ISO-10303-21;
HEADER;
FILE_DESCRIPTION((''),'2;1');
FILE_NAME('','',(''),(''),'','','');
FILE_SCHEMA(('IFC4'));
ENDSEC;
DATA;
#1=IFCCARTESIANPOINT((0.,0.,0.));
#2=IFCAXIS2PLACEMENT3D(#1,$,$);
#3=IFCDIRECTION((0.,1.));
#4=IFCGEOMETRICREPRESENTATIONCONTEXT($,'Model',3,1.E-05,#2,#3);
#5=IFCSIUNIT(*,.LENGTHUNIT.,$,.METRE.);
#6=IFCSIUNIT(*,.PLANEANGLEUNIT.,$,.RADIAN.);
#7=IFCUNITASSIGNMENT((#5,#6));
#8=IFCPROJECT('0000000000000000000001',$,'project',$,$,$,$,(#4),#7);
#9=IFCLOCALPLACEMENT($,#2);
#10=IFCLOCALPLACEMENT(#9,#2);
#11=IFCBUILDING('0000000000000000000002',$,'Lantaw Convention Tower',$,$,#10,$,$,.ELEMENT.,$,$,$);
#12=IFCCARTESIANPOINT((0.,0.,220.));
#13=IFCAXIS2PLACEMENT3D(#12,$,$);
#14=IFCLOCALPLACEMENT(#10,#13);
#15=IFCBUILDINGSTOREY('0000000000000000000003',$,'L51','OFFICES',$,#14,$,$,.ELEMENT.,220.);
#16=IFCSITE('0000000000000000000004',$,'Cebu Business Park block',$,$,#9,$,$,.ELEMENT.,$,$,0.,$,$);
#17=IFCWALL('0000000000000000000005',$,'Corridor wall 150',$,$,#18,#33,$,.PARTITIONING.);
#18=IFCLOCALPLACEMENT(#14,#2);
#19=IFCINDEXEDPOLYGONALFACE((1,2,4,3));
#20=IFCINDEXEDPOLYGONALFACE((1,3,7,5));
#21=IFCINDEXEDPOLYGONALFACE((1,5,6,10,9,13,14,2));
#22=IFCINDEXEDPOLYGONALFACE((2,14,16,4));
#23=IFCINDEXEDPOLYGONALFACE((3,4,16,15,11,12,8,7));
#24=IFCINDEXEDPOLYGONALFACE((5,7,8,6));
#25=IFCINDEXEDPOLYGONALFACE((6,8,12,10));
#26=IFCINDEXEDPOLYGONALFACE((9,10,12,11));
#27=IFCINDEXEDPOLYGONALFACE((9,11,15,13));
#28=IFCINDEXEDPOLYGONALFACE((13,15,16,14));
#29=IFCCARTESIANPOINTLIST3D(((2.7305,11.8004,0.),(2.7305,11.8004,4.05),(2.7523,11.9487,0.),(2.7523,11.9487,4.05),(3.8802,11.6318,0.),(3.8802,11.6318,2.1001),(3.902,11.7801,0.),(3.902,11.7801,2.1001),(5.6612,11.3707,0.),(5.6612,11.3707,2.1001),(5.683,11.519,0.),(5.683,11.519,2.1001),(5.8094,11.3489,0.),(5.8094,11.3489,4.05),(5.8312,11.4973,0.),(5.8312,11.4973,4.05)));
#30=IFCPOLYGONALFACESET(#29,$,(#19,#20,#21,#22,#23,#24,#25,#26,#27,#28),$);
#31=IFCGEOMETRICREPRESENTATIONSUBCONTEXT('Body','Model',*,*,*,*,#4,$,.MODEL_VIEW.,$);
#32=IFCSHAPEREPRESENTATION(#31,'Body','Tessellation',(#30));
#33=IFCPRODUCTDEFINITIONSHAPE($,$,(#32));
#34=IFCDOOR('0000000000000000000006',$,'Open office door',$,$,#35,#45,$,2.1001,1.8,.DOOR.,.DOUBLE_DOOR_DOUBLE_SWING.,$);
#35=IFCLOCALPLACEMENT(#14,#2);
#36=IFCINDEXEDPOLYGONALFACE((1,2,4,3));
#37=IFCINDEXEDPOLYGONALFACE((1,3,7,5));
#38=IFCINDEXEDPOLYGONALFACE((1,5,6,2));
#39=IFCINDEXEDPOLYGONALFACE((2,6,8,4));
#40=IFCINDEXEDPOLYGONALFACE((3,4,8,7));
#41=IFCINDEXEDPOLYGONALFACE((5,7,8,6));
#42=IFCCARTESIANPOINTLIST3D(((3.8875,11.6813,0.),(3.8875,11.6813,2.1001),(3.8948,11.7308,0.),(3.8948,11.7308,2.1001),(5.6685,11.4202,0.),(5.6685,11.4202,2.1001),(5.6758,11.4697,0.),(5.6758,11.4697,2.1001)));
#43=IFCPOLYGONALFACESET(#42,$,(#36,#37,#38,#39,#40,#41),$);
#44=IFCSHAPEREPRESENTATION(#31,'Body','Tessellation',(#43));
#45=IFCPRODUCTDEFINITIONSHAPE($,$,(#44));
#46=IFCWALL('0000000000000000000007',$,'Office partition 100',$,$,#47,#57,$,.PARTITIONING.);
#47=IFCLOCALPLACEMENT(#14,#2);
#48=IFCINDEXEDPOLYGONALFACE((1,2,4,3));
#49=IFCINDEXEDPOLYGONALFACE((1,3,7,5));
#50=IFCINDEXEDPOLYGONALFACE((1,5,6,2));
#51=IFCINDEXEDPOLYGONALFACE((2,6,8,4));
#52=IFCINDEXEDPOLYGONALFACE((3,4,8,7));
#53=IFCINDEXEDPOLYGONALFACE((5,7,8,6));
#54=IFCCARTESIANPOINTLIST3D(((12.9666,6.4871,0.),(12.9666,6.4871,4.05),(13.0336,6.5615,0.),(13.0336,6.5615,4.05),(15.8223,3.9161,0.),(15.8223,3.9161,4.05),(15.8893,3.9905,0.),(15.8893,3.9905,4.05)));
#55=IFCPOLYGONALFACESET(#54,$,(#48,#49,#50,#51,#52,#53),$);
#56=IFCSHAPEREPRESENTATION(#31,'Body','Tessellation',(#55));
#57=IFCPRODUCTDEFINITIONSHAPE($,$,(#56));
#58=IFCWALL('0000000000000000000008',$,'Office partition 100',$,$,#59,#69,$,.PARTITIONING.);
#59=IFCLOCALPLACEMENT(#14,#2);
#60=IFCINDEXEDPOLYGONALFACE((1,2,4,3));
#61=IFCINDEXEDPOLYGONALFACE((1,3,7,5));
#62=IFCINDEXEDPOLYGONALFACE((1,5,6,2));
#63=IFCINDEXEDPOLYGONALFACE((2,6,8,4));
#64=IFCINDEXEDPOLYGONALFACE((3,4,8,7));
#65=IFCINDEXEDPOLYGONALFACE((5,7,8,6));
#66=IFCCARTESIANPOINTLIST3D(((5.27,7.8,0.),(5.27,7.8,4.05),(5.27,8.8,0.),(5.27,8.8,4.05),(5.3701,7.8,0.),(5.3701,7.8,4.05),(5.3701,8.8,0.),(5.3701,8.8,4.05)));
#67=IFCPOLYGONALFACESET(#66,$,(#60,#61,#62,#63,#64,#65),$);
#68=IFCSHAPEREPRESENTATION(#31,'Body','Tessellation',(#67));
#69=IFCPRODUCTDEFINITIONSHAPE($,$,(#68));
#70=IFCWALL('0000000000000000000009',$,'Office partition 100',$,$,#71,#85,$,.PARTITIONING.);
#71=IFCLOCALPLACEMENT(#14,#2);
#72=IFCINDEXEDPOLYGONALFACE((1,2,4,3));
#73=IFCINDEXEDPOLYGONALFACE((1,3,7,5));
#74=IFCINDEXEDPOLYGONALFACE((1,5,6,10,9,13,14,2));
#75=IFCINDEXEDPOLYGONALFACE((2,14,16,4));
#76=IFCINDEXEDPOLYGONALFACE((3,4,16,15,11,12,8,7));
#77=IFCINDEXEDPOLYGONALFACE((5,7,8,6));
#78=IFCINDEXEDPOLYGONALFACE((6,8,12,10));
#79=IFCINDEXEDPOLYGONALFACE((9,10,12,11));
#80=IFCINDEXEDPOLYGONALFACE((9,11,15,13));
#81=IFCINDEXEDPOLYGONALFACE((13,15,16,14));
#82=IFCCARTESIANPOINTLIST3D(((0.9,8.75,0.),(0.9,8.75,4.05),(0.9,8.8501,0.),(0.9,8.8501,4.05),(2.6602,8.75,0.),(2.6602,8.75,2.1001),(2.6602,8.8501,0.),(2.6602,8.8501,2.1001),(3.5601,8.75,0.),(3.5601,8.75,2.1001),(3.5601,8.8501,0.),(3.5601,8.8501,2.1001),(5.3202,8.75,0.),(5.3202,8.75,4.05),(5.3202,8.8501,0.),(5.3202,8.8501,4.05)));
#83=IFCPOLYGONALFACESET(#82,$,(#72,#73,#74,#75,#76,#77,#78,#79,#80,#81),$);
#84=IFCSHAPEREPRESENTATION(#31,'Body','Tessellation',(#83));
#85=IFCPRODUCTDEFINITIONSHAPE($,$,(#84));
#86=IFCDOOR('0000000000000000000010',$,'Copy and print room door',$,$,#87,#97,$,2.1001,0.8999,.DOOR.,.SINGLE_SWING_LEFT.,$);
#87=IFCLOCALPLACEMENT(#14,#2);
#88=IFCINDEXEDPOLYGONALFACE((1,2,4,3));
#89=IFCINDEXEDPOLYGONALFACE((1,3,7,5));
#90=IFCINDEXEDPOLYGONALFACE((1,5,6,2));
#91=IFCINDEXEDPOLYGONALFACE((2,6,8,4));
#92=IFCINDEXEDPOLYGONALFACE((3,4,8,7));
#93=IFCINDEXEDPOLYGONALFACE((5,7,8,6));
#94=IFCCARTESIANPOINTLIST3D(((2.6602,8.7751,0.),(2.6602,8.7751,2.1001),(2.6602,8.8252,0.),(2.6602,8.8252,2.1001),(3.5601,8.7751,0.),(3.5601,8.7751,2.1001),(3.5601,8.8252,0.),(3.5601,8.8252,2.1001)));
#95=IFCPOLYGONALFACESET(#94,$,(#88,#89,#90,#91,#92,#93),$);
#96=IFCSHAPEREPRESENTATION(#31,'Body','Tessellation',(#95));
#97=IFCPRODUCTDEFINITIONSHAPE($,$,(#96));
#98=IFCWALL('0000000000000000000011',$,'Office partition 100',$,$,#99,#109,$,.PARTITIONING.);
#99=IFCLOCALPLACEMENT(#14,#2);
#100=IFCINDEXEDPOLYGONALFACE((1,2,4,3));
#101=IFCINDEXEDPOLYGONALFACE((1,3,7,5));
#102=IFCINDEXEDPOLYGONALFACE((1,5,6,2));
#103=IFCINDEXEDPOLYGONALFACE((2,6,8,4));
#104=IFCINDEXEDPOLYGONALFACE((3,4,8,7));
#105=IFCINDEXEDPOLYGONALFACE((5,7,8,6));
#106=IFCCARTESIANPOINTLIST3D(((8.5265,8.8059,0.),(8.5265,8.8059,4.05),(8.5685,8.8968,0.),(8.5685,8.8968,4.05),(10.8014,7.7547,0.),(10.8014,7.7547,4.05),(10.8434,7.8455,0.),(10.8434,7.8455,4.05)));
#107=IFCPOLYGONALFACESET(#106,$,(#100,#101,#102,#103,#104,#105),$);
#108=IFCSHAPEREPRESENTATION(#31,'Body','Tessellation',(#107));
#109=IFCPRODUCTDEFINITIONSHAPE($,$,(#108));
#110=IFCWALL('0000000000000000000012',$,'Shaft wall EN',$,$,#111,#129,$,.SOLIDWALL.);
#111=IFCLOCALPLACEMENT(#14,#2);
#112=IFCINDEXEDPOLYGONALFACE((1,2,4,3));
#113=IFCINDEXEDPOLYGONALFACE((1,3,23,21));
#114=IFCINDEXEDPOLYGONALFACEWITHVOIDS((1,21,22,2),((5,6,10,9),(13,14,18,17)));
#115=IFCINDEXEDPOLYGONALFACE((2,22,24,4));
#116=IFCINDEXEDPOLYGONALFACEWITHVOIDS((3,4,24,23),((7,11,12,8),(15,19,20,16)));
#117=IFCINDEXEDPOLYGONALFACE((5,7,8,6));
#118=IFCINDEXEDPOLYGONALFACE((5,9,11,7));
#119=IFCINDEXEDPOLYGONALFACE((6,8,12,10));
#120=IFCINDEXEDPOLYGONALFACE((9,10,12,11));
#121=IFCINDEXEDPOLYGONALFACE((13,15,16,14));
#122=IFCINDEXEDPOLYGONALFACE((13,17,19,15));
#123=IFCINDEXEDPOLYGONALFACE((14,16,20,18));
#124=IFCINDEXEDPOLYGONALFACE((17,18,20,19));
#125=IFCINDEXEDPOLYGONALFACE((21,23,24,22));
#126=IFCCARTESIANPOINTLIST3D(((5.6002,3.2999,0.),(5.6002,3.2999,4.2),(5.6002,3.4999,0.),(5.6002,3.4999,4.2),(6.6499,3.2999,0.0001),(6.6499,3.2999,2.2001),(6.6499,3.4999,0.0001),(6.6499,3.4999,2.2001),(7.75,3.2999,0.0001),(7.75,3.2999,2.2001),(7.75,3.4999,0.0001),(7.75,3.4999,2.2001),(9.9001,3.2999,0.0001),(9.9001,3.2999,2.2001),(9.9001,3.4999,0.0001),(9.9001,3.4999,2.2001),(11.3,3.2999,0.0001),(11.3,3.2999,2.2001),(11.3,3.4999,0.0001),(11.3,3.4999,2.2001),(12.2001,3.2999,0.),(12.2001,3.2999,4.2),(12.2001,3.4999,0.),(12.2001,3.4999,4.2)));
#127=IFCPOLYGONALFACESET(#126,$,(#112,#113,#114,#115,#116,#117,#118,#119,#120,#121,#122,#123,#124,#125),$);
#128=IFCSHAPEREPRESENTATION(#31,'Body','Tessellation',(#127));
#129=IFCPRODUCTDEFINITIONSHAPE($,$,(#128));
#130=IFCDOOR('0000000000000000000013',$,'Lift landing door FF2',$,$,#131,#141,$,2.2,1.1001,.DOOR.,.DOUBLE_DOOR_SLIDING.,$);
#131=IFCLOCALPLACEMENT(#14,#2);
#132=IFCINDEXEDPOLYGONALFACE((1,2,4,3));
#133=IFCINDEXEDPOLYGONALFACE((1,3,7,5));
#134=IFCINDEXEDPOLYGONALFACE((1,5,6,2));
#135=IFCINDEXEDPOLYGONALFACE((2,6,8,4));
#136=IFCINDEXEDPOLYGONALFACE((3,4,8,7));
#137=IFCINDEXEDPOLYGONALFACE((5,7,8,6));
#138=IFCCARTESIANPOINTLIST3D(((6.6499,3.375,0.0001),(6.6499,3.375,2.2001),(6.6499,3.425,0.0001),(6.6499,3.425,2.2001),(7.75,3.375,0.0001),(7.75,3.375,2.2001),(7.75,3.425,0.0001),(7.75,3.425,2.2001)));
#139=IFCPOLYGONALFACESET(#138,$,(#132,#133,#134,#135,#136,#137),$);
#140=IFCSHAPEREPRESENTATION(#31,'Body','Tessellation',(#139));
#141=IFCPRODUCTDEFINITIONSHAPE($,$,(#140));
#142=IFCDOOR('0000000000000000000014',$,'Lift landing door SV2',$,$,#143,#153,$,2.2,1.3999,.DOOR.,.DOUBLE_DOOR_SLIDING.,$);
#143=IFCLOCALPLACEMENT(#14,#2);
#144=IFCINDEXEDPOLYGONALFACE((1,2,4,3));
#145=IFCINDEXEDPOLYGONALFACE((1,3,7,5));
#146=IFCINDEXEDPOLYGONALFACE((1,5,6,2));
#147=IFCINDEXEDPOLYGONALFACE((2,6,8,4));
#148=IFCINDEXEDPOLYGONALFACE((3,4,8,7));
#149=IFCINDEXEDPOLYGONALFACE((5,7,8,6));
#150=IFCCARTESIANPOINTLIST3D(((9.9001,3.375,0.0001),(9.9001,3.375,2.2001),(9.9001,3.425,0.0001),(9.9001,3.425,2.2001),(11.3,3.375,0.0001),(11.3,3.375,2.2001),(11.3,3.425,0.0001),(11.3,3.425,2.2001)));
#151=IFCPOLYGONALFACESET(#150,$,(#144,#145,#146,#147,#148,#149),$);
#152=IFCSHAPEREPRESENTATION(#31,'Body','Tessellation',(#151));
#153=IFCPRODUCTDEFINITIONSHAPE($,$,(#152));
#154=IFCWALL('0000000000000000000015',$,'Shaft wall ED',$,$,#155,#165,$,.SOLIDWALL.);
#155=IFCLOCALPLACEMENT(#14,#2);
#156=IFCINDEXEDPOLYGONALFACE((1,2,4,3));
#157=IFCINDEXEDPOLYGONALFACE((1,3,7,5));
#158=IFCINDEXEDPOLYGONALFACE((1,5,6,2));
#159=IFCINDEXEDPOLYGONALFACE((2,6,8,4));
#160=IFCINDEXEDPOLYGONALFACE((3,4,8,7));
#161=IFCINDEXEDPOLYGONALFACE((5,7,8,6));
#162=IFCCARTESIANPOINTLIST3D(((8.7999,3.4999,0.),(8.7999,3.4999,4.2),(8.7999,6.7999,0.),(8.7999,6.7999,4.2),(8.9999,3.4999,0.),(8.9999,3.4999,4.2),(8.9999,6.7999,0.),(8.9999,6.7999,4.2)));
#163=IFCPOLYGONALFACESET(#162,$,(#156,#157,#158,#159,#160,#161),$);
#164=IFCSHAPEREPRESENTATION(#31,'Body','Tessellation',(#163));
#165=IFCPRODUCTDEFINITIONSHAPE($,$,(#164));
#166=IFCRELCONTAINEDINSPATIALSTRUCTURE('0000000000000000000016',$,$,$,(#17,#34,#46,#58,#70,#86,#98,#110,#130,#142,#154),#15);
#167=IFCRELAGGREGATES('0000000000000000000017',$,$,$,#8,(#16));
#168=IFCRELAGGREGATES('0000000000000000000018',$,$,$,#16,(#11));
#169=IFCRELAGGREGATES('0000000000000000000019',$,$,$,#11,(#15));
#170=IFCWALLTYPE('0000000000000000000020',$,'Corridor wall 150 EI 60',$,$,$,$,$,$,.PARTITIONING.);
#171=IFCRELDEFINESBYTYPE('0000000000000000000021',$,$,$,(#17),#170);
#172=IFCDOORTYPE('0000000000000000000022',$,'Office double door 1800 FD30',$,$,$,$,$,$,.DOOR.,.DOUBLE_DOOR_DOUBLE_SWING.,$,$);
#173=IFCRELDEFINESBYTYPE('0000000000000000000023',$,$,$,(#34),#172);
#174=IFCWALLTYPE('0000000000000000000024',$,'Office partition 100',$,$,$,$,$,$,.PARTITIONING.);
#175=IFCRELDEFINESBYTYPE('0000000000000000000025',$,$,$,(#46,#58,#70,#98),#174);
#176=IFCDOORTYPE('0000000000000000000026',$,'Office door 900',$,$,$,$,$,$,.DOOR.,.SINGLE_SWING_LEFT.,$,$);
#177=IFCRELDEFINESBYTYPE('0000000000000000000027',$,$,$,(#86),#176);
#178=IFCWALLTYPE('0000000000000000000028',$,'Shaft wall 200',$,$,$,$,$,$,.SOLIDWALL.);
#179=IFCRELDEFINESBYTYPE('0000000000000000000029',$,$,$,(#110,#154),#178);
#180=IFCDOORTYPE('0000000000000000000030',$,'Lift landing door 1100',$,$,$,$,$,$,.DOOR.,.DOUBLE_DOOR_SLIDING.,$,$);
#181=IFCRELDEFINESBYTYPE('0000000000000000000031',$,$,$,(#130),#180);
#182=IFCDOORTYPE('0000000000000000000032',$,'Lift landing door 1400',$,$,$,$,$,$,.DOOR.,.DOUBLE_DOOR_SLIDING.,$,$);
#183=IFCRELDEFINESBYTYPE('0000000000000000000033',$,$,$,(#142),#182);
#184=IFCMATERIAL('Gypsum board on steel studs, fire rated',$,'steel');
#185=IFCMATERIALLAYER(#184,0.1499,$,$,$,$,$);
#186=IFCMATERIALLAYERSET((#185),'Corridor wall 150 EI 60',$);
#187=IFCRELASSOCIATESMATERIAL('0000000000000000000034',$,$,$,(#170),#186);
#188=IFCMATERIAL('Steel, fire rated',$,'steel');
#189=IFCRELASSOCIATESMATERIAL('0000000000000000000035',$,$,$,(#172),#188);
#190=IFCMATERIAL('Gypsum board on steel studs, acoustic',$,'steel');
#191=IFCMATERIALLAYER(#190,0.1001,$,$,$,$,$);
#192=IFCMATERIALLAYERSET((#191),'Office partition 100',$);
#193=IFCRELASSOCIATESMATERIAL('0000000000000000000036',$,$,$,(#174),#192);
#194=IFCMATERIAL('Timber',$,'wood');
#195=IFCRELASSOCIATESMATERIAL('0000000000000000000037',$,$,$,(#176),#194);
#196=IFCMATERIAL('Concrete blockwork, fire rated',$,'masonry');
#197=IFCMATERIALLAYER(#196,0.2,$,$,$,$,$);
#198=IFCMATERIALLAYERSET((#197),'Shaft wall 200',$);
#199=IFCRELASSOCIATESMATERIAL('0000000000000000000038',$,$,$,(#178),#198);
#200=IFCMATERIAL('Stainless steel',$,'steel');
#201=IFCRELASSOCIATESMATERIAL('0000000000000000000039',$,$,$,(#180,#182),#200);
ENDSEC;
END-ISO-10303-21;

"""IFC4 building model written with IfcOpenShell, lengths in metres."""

from ifc_helpers import new_model, si_unit, direction, frame, frame_2d, origin, place, context, subcontext, project, spatial, rectangle, extrude, material, layer, layer_set, type_object, element, fill, save


model = new_model("IFC4")

# Units and contexts
model_context = context("Model", 3, precision=1e-05, world=origin(), true_north=direction((0.0, 1.0)))
body_context = subcontext(model_context, "Body", "Model", "MODEL_VIEW")
ifc_project = project(units=[si_unit("LENGTHUNIT", "METRE"), si_unit("PLANEANGLEUNIT", "RADIAN")], contexts=[model_context])

# Site, building, storey
site_placement = place(None, origin())
site = spatial("IfcSite", under=ifc_project, at=site_placement, Name="Cebu Business Park block", CompositionType="ELEMENT", RefElevation=0.0)
building_placement = place(site_placement, origin())
building = spatial("IfcBuilding", under=site, at=building_placement, Name="Lantaw Convention Tower", CompositionType="ELEMENT")
storey_placement = place(building_placement, frame((0.0, 0.0, 220.0)))
storey = spatial("IfcBuildingStorey", under=building, at=storey_placement, Name="L51", Description="OFFICES", CompositionType="ELEMENT", Elevation=220.0)

# Shared definitions
ifc_material_1 = material(Name="Gypsum board on steel studs, fire rated", Category="steel")
ifc_layer_1 = layer(ifc_material_1, 0.1499)
ifc_layer_set_1 = layer_set([ifc_layer_1], Name="Corridor wall 150 EI 60")
wall_type_1 = type_object("IfcWallType", Name="Corridor wall 150 EI 60", PredefinedType="PARTITIONING", material=ifc_layer_set_1)

# Wall, opening, door
wall_1_placement = place(storey_placement, frame((5.8203, 11.4231, 0.0), z_axis=(0.0, 0.0, 1.0), x_axis=(-0.989422, 0.145067, 0.0)))
wall_1 = element("IfcWall", 1, at=wall_1_placement, inside=storey, type_object=wall_type_1, Name="Corridor wall 150", PredefinedType="PARTITIONING", context=body_context, shape_type="SweptSolid", body=[
    extrude(rectangle(XDim=3.1118, YDim=0.1499, at=frame_2d((1.5559, 0.0))), origin(), (0.0, 0.0, 1.0), 4.05),
])
opening_1_placement = place(wall_1_placement, frame((0.1499, 0.0, 0.0)))
opening_1 = element("IfcOpeningElement", 2, at=opening_1_placement, cuts=wall_1, PredefinedType="OPENING", context=body_context, shape_type="SweptSolid", body=[
    extrude(rectangle(XDim=1.8, YDim=2.1001, at=frame_2d((0.8999, 1.05))), frame((0.0, 0.085, 0.0), z_axis=(0.0, -1.0, 0.0), x_axis=(1.0, 0.0, 0.0)), (0.0, 0.0, 1.0), 0.1699),
])
ifc_material_2 = material(Name="Steel, fire rated", Category="steel")
door_type_1 = type_object("IfcDoorType", Name="Office double door 1800 FD30", OperationType="DOUBLE_DOOR_DOUBLE_SWING", PredefinedType="DOOR", material=ifc_material_2)
door_1_placement = place(opening_1_placement, origin())
door_1 = element("IfcDoor", 3, at=door_1_placement, inside=storey, type_object=door_type_1, Name="Open office door", OperationType="DOUBLE_DOOR_DOUBLE_SWING", OverallHeight=2.1001, OverallWidth=1.8, PredefinedType="DOOR", context=body_context, shape_type="SweptSolid", body=[
    extrude(rectangle(XDim=1.8, YDim=2.1001, at=frame_2d((0.8999, 1.05))), frame((0.0, 0.0249, 0.0), z_axis=(0.0, -1.0, 0.0), x_axis=(1.0, 0.0, 0.0)), (0.0, 0.0, 1.0), 0.05),
])
fill(opening_1, door_1)

# Walls
ifc_material_3 = material(Name="Gypsum board on steel studs, acoustic", Category="steel")
ifc_layer_2 = layer(ifc_material_3, 0.1001)
ifc_layer_set_2 = layer_set([ifc_layer_2], Name="Office partition 100")
wall_type_2 = type_object("IfcWallType", Name="Office partition 100", PredefinedType="PARTITIONING", material=ifc_layer_set_2)
wall_2_placement = place(storey_placement, frame((13.0, 6.5244, 0.0), z_axis=(0.0, 0.0, 1.0), x_axis=(0.743177, -0.669095, 0.0)))
element("IfcWall", 4, at=wall_2_placement, inside=storey, type_object=wall_type_2, Name="Office partition 100", PredefinedType="PARTITIONING", context=body_context, shape_type="SweptSolid", body=[
    extrude(rectangle(XDim=3.8425, YDim=0.1001, at=frame_2d((1.9214, 0.0))), origin(), (0.0, 0.0, 1.0), 4.05),
])
wall_3_placement = place(storey_placement, frame((5.3201, 7.8, 0.0), z_axis=(0.0, 0.0, 1.0), x_axis=(0.0, 1.0, 0.0)))
element("IfcWall", 5, at=wall_3_placement, inside=storey, type_object=wall_type_2, Name="Office partition 100", PredefinedType="PARTITIONING", context=body_context, shape_type="SweptSolid", body=[
    extrude(rectangle(XDim=1.0, YDim=0.1001, at=frame_2d((0.5, 0.0))), origin(), (0.0, 0.0, 1.0), 4.05),
])

# Wall, opening, door
wall_4_placement = place(storey_placement, frame((5.3201, 8.8, 0.0), z_axis=(0.0, 0.0, 1.0), x_axis=(-1.0, 0.0, 0.0)))
wall_4 = element("IfcWall", 6, at=wall_4_placement, inside=storey, type_object=wall_type_2, Name="Office partition 100", PredefinedType="PARTITIONING", context=body_context, shape_type="SweptSolid", body=[
    extrude(rectangle(XDim=4.4202, YDim=0.1001, at=frame_2d((2.21, 0.0))), origin(), (0.0, 0.0, 1.0), 4.05),
])
opening_2_placement = place(wall_4_placement, frame((1.76, 0.0, 0.0)))
opening_2 = element("IfcOpeningElement", 7, at=opening_2_placement, cuts=wall_4, PredefinedType="OPENING", context=body_context, shape_type="SweptSolid", body=[
    extrude(rectangle(XDim=0.8999, YDim=2.1001, at=frame_2d((0.45, 1.05))), frame((0.0, 0.0601, 0.0), z_axis=(0.0, -1.0, 0.0), x_axis=(1.0, 0.0, 0.0)), (0.0, 0.0, 1.0), 0.1201),
])
ifc_material_4 = material(Name="Timber", Category="wood")
door_type_2 = type_object("IfcDoorType", Name="Office door 900", OperationType="SINGLE_SWING_LEFT", PredefinedType="DOOR", material=ifc_material_4)
door_2_placement = place(opening_2_placement, origin())
door_2 = element("IfcDoor", 8, at=door_2_placement, inside=storey, type_object=door_type_2, Name="Copy and print room door", OperationType="SINGLE_SWING_LEFT", OverallHeight=2.1001, OverallWidth=0.8999, PredefinedType="DOOR", context=body_context, shape_type="SweptSolid", body=[
    extrude(rectangle(XDim=0.8999, YDim=2.1001, at=frame_2d((0.45, 1.05))), frame((0.0, 0.0249, 0.0), z_axis=(0.0, -1.0, 0.0), x_axis=(1.0, 0.0, 0.0)), (0.0, 0.0, 1.0), 0.05),
])
fill(opening_2, door_2)

# Wall
wall_5_placement = place(storey_placement, frame((8.5476, 8.8513, 0.0), z_axis=(0.0, 0.0, 1.0), x_axis=(0.90776, -0.419491, 0.0)))
element("IfcWall", 9, at=wall_5_placement, inside=storey, type_object=wall_type_2, Name="Office partition 100", PredefinedType="PARTITIONING", context=body_context, shape_type="SweptSolid", body=[
    extrude(rectangle(XDim=2.5061, YDim=0.1001, at=frame_2d((1.2529, 0.0))), origin(), (0.0, 0.0, 1.0), 4.05),
])

# Wall, openings, doors
ifc_material_5 = material(Name="Concrete blockwork, fire rated", Category="masonry")
ifc_layer_3 = layer(ifc_material_5, 0.2)
ifc_layer_set_3 = layer_set([ifc_layer_3], Name="Shaft wall 200")
wall_type_3 = type_object("IfcWallType", Name="Shaft wall 200", PredefinedType="SOLIDWALL", material=ifc_layer_set_3)
wall_6_placement = place(storey_placement, frame((12.2, 3.3999, 0.0), z_axis=(0.0, 0.0, 1.0), x_axis=(-1.0, 0.0, 0.0)))
wall_6 = element("IfcWall", 10, at=wall_6_placement, inside=storey, type_object=wall_type_3, Name="Shaft wall EN", PredefinedType="SOLIDWALL", context=body_context, shape_type="SweptSolid", body=[
    extrude(rectangle(XDim=6.5999, YDim=0.2, at=frame_2d((3.2998, 0.0))), origin(), (0.0, 0.0, 1.0), 4.2),
])
opening_3_placement = place(wall_6_placement, frame((4.45, 0.0, 0.0)))
opening_3 = element("IfcOpeningElement", 11, at=opening_3_placement, cuts=wall_6, PredefinedType="OPENING", context=body_context, shape_type="SweptSolid", body=[
    extrude(rectangle(XDim=1.1001, YDim=2.2, at=frame_2d((0.55, 1.1001))), frame((0.0, 0.1099, 0.0), z_axis=(0.0, -1.0, 0.0), x_axis=(1.0, 0.0, 0.0)), (0.0, 0.0, 1.0), 0.22),
])
opening_4_placement = place(wall_6_placement, frame((0.8999, 0.0, 0.0)))
opening_4 = element("IfcOpeningElement", 12, at=opening_4_placement, cuts=wall_6, PredefinedType="OPENING", context=body_context, shape_type="SweptSolid", body=[
    extrude(rectangle(XDim=1.3999, YDim=2.2, at=frame_2d((0.7, 1.1001))), frame((0.0, 0.1099, 0.0), z_axis=(0.0, -1.0, 0.0), x_axis=(1.0, 0.0, 0.0)), (0.0, 0.0, 1.0), 0.22),
])
ifc_material_6 = material(Name="Stainless steel", Category="steel")
door_type_3 = type_object("IfcDoorType", Name="Lift landing door 1100", OperationType="DOUBLE_DOOR_SLIDING", PredefinedType="DOOR", material=ifc_material_6)
door_3_placement = place(opening_3_placement, origin())
door_3 = element("IfcDoor", 13, at=door_3_placement, inside=storey, type_object=door_type_3, Name="Lift landing door FF2", OperationType="DOUBLE_DOOR_SLIDING", OverallHeight=2.2, OverallWidth=1.1001, PredefinedType="DOOR", context=body_context, shape_type="SweptSolid", body=[
    extrude(rectangle(XDim=1.1001, YDim=2.2, at=frame_2d((0.55, 1.1001))), frame((0.0, 0.0249, 0.0), z_axis=(0.0, -1.0, 0.0), x_axis=(1.0, 0.0, 0.0)), (0.0, 0.0, 1.0), 0.05),
])
fill(opening_3, door_3)
door_type_4 = type_object("IfcDoorType", Name="Lift landing door 1400", OperationType="DOUBLE_DOOR_SLIDING", PredefinedType="DOOR", material=ifc_material_6)
door_4_placement = place(opening_4_placement, origin())
door_4 = element("IfcDoor", 14, at=door_4_placement, inside=storey, type_object=door_type_4, Name="Lift landing door SV2", OperationType="DOUBLE_DOOR_SLIDING", OverallHeight=2.2, OverallWidth=1.3999, PredefinedType="DOOR", context=body_context, shape_type="SweptSolid", body=[
    extrude(rectangle(XDim=1.3999, YDim=2.2, at=frame_2d((0.7, 1.1001))), frame((0.0, 0.0249, 0.0), z_axis=(0.0, -1.0, 0.0), x_axis=(1.0, 0.0, 0.0)), (0.0, 0.0, 1.0), 0.05),
])
fill(opening_4, door_4)

# Wall
wall_7_placement = place(storey_placement, frame((8.8999, 3.5, 0.0), z_axis=(0.0, 0.0, 1.0), x_axis=(0.0, 1.0, 0.0)))
element("IfcWall", 15, at=wall_7_placement, inside=storey, type_object=wall_type_3, Name="Shaft wall ED", PredefinedType="SOLIDWALL", context=body_context, shape_type="SweptSolid", body=[
    extrude(rectangle(XDim=3.3, YDim=0.2, at=frame_2d((1.6499, 0.0))), origin(), (0.0, 0.0, 1.0), 4.2),
])

save(model, "model.ifc")
